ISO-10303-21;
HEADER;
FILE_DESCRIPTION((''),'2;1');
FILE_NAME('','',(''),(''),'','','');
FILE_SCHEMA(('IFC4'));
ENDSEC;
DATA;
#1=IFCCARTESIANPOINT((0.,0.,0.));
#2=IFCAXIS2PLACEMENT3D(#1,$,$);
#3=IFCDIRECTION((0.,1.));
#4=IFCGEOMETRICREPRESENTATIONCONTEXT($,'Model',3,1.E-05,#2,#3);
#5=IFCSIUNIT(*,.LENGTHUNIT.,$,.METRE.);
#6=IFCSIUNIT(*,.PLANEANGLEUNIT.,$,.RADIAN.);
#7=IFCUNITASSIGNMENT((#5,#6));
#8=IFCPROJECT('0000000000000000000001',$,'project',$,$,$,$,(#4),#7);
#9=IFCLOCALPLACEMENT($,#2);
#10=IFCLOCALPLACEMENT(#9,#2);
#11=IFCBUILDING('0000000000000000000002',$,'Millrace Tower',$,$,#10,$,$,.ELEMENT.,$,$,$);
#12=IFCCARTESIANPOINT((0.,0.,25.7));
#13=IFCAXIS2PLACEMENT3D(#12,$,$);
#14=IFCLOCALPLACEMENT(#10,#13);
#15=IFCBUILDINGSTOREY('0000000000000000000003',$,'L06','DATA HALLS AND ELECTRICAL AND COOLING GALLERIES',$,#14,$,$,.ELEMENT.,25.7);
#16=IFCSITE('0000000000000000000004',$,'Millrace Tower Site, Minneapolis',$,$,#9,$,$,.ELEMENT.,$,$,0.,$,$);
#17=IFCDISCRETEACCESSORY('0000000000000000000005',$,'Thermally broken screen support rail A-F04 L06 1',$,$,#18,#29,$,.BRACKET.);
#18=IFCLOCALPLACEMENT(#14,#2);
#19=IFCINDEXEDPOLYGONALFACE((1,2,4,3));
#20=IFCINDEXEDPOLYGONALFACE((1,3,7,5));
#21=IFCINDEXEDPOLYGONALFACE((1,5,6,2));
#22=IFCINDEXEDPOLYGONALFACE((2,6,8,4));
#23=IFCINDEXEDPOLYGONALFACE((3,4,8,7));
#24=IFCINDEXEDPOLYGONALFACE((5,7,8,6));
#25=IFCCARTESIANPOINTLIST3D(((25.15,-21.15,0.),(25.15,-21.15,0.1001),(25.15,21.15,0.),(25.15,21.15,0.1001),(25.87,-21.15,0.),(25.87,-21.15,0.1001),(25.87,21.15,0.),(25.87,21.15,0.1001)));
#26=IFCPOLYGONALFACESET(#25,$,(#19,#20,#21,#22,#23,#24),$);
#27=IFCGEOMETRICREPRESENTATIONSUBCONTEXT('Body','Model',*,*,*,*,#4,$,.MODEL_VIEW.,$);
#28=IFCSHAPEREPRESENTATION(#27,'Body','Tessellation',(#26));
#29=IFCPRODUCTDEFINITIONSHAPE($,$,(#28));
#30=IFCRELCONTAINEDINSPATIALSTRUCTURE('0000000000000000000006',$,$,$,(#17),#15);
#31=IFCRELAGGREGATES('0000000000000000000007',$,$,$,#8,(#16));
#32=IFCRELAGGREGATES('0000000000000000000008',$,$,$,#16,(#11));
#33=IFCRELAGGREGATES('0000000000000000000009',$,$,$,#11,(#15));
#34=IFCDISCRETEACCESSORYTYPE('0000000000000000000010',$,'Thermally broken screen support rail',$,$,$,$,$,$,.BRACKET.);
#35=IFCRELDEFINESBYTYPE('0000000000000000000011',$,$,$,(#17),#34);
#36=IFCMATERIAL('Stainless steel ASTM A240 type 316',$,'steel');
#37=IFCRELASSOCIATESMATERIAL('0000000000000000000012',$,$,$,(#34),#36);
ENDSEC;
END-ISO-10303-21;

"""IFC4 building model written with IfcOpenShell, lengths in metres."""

from ifc_helpers import new_model, si_unit, direction, frame, origin, origin_2d, place, context, subcontext, project, spatial, rectangle, extrude, material, type_object, element, save


model = new_model("IFC4")

# Units and contexts
model_context = context("Model", 3, precision=1e-05, world=origin(), true_north=direction((0.0, 1.0)))
body_context = subcontext(model_context, "Body", "Model", "MODEL_VIEW")
ifc_project = project(units=[si_unit("LENGTHUNIT", "METRE"), si_unit("PLANEANGLEUNIT", "RADIAN")], contexts=[model_context])

# Site, building, storey
site_placement = place(None, origin())
site = spatial("IfcSite", under=ifc_project, at=site_placement, Name="Millrace Tower Site, Minneapolis", CompositionType="ELEMENT", RefElevation=0.0)
building_placement = place(site_placement, origin())
building = spatial("IfcBuilding", under=site, at=building_placement, Name="Millrace Tower", CompositionType="ELEMENT")
storey_placement = place(building_placement, frame((0.0, 0.0, 25.7)))
storey = spatial("IfcBuildingStorey", under=building, at=storey_placement, Name="L06", Description="DATA HALLS AND ELECTRICAL AND COOLING GALLERIES", CompositionType="ELEMENT", Elevation=25.7)

# Discrete accessory
ifc_material_1 = material(Name="Stainless steel ASTM A240 type 316", Category="steel")
discrete_accessory_type = type_object("IfcDiscreteAccessoryType", Name="Thermally broken screen support rail", PredefinedType="BRACKET", material=ifc_material_1)
discrete_accessory_placement = place(storey_placement, frame((25.51, 0.0, 0.0), z_axis=(0.0, 0.0, 1.0), x_axis=(0.0, 1.0, 0.0)))
element("IfcDiscreteAccessory", 1, at=discrete_accessory_placement, inside=storey, type_object=discrete_accessory_type, Name="Thermally broken screen support rail A-F04 L06 1", PredefinedType="BRACKET", context=body_context, shape_type="SweptSolid", body=[
    extrude(rectangle(XDim=42.3, YDim=0.72, at=origin_2d()), origin(), (0.0, 0.0, 1.0), 0.1001),
])

save(model, "model.ifc")
